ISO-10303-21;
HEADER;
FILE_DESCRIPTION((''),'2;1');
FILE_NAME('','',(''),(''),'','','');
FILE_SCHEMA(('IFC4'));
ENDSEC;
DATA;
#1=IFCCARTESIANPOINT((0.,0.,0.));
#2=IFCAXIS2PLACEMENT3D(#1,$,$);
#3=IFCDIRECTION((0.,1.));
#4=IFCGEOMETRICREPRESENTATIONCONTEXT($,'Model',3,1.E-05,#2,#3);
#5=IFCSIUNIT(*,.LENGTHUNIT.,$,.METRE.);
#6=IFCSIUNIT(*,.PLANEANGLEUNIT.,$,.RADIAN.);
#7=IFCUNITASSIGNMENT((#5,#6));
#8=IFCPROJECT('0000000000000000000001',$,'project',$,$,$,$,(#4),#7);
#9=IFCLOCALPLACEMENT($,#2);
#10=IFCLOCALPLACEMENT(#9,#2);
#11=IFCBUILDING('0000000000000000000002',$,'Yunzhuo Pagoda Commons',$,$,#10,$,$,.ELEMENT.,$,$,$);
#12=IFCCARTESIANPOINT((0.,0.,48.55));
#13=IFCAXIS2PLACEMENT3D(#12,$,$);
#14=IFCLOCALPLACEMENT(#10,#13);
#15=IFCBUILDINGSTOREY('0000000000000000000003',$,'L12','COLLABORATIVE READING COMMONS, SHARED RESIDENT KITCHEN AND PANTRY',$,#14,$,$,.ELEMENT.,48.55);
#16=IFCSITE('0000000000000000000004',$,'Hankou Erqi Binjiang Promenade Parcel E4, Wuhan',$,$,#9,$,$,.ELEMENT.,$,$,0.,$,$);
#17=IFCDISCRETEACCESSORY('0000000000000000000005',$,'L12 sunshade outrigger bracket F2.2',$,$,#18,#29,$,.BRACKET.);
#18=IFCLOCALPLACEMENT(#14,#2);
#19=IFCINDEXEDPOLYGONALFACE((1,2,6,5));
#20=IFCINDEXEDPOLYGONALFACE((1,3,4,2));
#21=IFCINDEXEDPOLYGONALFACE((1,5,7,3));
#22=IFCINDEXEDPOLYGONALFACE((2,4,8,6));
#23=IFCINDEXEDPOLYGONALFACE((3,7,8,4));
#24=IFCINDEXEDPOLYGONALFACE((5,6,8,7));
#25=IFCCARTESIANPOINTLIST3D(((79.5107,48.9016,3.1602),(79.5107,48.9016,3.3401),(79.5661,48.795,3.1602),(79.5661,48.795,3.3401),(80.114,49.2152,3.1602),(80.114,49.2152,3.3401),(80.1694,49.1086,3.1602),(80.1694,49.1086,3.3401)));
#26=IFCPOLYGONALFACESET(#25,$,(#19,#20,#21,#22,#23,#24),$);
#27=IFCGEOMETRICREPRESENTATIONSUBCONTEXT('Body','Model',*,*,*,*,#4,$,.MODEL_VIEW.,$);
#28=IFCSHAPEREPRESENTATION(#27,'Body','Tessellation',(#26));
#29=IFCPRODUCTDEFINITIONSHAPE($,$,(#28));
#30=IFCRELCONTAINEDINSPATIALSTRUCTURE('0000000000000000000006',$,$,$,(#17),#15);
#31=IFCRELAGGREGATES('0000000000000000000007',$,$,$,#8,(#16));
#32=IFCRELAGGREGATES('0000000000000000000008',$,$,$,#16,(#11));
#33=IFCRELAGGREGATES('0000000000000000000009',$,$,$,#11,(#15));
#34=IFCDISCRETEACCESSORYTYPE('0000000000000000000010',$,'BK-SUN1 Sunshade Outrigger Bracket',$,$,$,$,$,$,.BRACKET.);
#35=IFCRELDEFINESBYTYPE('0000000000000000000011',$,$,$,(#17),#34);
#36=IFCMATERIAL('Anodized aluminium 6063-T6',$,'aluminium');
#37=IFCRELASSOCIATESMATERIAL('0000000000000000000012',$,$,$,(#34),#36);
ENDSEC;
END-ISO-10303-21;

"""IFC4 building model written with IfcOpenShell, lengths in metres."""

from ifc_helpers import new_model, si_unit, direction, frame, origin, origin_2d, place, context, subcontext, project, spatial, rectangle, extrude, source, transform, mapped, material, type_object, element, save


model = new_model("IFC4")

# Units and contexts
model_context = context("Model", 3, precision=1e-05, world=origin(), true_north=direction((0.0, 1.0)))
body_context = subcontext(model_context, "Body", "Model", "MODEL_VIEW")
ifc_project = project(units=[si_unit("LENGTHUNIT", "METRE"), si_unit("PLANEANGLEUNIT", "RADIAN")], contexts=[model_context])

# Site, building, storey
site_placement = place(None, origin())
site = spatial("IfcSite", under=ifc_project, at=site_placement, Name="Hankou Erqi Binjiang Promenade Parcel E4, Wuhan", CompositionType="ELEMENT", RefElevation=0.0)
building_placement = place(site_placement, origin())
building = spatial("IfcBuilding", under=site, at=building_placement, Name="Yunzhuo Pagoda Commons", CompositionType="ELEMENT")
storey_placement = place(building_placement, frame((0.0, 0.0, 48.55)))
storey = spatial("IfcBuildingStorey", under=building, at=storey_placement, Name="L12", Description="COLLABORATIVE READING COMMONS, SHARED RESIDENT KITCHEN AND PANTRY", CompositionType="ELEMENT", Elevation=48.55)

# Shared definitions
ifc_material_1 = material(Name="Anodized aluminium 6063-T6", Category="aluminium")

# Discrete accessory
discrete_accessory_type = type_object("IfcDiscreteAccessoryType", Name="BK-SUN1 Sunshade Outrigger Bracket", PredefinedType="BRACKET", material=ifc_material_1)
shared_shape_1 = source(origin(), body_context, "Body", "SweptSolid", [
    extrude(rectangle(XDim=0.1201, YDim=0.6799, at=origin_2d()), origin(), (0.0, 0.0, 1.0), 0.1799),
])
discrete_accessory_placement = place(storey_placement, frame((79.8401, 49.0051, 3.1602), z_axis=(0.0, 0.0, 1.0), x_axis=(-0.461207, 0.887293, 0.0)))
element("IfcDiscreteAccessory", 1, at=discrete_accessory_placement, inside=storey, type_object=discrete_accessory_type, Name="L12 sunshade outrigger bracket F2.2", PredefinedType="BRACKET", context=body_context, shape_type="MappedRepresentation", body=[
    mapped(shared_shape_1, transform((0.0, 0.0, 0.0), scale=1.0)),
])

save(model, "model.ifc")
